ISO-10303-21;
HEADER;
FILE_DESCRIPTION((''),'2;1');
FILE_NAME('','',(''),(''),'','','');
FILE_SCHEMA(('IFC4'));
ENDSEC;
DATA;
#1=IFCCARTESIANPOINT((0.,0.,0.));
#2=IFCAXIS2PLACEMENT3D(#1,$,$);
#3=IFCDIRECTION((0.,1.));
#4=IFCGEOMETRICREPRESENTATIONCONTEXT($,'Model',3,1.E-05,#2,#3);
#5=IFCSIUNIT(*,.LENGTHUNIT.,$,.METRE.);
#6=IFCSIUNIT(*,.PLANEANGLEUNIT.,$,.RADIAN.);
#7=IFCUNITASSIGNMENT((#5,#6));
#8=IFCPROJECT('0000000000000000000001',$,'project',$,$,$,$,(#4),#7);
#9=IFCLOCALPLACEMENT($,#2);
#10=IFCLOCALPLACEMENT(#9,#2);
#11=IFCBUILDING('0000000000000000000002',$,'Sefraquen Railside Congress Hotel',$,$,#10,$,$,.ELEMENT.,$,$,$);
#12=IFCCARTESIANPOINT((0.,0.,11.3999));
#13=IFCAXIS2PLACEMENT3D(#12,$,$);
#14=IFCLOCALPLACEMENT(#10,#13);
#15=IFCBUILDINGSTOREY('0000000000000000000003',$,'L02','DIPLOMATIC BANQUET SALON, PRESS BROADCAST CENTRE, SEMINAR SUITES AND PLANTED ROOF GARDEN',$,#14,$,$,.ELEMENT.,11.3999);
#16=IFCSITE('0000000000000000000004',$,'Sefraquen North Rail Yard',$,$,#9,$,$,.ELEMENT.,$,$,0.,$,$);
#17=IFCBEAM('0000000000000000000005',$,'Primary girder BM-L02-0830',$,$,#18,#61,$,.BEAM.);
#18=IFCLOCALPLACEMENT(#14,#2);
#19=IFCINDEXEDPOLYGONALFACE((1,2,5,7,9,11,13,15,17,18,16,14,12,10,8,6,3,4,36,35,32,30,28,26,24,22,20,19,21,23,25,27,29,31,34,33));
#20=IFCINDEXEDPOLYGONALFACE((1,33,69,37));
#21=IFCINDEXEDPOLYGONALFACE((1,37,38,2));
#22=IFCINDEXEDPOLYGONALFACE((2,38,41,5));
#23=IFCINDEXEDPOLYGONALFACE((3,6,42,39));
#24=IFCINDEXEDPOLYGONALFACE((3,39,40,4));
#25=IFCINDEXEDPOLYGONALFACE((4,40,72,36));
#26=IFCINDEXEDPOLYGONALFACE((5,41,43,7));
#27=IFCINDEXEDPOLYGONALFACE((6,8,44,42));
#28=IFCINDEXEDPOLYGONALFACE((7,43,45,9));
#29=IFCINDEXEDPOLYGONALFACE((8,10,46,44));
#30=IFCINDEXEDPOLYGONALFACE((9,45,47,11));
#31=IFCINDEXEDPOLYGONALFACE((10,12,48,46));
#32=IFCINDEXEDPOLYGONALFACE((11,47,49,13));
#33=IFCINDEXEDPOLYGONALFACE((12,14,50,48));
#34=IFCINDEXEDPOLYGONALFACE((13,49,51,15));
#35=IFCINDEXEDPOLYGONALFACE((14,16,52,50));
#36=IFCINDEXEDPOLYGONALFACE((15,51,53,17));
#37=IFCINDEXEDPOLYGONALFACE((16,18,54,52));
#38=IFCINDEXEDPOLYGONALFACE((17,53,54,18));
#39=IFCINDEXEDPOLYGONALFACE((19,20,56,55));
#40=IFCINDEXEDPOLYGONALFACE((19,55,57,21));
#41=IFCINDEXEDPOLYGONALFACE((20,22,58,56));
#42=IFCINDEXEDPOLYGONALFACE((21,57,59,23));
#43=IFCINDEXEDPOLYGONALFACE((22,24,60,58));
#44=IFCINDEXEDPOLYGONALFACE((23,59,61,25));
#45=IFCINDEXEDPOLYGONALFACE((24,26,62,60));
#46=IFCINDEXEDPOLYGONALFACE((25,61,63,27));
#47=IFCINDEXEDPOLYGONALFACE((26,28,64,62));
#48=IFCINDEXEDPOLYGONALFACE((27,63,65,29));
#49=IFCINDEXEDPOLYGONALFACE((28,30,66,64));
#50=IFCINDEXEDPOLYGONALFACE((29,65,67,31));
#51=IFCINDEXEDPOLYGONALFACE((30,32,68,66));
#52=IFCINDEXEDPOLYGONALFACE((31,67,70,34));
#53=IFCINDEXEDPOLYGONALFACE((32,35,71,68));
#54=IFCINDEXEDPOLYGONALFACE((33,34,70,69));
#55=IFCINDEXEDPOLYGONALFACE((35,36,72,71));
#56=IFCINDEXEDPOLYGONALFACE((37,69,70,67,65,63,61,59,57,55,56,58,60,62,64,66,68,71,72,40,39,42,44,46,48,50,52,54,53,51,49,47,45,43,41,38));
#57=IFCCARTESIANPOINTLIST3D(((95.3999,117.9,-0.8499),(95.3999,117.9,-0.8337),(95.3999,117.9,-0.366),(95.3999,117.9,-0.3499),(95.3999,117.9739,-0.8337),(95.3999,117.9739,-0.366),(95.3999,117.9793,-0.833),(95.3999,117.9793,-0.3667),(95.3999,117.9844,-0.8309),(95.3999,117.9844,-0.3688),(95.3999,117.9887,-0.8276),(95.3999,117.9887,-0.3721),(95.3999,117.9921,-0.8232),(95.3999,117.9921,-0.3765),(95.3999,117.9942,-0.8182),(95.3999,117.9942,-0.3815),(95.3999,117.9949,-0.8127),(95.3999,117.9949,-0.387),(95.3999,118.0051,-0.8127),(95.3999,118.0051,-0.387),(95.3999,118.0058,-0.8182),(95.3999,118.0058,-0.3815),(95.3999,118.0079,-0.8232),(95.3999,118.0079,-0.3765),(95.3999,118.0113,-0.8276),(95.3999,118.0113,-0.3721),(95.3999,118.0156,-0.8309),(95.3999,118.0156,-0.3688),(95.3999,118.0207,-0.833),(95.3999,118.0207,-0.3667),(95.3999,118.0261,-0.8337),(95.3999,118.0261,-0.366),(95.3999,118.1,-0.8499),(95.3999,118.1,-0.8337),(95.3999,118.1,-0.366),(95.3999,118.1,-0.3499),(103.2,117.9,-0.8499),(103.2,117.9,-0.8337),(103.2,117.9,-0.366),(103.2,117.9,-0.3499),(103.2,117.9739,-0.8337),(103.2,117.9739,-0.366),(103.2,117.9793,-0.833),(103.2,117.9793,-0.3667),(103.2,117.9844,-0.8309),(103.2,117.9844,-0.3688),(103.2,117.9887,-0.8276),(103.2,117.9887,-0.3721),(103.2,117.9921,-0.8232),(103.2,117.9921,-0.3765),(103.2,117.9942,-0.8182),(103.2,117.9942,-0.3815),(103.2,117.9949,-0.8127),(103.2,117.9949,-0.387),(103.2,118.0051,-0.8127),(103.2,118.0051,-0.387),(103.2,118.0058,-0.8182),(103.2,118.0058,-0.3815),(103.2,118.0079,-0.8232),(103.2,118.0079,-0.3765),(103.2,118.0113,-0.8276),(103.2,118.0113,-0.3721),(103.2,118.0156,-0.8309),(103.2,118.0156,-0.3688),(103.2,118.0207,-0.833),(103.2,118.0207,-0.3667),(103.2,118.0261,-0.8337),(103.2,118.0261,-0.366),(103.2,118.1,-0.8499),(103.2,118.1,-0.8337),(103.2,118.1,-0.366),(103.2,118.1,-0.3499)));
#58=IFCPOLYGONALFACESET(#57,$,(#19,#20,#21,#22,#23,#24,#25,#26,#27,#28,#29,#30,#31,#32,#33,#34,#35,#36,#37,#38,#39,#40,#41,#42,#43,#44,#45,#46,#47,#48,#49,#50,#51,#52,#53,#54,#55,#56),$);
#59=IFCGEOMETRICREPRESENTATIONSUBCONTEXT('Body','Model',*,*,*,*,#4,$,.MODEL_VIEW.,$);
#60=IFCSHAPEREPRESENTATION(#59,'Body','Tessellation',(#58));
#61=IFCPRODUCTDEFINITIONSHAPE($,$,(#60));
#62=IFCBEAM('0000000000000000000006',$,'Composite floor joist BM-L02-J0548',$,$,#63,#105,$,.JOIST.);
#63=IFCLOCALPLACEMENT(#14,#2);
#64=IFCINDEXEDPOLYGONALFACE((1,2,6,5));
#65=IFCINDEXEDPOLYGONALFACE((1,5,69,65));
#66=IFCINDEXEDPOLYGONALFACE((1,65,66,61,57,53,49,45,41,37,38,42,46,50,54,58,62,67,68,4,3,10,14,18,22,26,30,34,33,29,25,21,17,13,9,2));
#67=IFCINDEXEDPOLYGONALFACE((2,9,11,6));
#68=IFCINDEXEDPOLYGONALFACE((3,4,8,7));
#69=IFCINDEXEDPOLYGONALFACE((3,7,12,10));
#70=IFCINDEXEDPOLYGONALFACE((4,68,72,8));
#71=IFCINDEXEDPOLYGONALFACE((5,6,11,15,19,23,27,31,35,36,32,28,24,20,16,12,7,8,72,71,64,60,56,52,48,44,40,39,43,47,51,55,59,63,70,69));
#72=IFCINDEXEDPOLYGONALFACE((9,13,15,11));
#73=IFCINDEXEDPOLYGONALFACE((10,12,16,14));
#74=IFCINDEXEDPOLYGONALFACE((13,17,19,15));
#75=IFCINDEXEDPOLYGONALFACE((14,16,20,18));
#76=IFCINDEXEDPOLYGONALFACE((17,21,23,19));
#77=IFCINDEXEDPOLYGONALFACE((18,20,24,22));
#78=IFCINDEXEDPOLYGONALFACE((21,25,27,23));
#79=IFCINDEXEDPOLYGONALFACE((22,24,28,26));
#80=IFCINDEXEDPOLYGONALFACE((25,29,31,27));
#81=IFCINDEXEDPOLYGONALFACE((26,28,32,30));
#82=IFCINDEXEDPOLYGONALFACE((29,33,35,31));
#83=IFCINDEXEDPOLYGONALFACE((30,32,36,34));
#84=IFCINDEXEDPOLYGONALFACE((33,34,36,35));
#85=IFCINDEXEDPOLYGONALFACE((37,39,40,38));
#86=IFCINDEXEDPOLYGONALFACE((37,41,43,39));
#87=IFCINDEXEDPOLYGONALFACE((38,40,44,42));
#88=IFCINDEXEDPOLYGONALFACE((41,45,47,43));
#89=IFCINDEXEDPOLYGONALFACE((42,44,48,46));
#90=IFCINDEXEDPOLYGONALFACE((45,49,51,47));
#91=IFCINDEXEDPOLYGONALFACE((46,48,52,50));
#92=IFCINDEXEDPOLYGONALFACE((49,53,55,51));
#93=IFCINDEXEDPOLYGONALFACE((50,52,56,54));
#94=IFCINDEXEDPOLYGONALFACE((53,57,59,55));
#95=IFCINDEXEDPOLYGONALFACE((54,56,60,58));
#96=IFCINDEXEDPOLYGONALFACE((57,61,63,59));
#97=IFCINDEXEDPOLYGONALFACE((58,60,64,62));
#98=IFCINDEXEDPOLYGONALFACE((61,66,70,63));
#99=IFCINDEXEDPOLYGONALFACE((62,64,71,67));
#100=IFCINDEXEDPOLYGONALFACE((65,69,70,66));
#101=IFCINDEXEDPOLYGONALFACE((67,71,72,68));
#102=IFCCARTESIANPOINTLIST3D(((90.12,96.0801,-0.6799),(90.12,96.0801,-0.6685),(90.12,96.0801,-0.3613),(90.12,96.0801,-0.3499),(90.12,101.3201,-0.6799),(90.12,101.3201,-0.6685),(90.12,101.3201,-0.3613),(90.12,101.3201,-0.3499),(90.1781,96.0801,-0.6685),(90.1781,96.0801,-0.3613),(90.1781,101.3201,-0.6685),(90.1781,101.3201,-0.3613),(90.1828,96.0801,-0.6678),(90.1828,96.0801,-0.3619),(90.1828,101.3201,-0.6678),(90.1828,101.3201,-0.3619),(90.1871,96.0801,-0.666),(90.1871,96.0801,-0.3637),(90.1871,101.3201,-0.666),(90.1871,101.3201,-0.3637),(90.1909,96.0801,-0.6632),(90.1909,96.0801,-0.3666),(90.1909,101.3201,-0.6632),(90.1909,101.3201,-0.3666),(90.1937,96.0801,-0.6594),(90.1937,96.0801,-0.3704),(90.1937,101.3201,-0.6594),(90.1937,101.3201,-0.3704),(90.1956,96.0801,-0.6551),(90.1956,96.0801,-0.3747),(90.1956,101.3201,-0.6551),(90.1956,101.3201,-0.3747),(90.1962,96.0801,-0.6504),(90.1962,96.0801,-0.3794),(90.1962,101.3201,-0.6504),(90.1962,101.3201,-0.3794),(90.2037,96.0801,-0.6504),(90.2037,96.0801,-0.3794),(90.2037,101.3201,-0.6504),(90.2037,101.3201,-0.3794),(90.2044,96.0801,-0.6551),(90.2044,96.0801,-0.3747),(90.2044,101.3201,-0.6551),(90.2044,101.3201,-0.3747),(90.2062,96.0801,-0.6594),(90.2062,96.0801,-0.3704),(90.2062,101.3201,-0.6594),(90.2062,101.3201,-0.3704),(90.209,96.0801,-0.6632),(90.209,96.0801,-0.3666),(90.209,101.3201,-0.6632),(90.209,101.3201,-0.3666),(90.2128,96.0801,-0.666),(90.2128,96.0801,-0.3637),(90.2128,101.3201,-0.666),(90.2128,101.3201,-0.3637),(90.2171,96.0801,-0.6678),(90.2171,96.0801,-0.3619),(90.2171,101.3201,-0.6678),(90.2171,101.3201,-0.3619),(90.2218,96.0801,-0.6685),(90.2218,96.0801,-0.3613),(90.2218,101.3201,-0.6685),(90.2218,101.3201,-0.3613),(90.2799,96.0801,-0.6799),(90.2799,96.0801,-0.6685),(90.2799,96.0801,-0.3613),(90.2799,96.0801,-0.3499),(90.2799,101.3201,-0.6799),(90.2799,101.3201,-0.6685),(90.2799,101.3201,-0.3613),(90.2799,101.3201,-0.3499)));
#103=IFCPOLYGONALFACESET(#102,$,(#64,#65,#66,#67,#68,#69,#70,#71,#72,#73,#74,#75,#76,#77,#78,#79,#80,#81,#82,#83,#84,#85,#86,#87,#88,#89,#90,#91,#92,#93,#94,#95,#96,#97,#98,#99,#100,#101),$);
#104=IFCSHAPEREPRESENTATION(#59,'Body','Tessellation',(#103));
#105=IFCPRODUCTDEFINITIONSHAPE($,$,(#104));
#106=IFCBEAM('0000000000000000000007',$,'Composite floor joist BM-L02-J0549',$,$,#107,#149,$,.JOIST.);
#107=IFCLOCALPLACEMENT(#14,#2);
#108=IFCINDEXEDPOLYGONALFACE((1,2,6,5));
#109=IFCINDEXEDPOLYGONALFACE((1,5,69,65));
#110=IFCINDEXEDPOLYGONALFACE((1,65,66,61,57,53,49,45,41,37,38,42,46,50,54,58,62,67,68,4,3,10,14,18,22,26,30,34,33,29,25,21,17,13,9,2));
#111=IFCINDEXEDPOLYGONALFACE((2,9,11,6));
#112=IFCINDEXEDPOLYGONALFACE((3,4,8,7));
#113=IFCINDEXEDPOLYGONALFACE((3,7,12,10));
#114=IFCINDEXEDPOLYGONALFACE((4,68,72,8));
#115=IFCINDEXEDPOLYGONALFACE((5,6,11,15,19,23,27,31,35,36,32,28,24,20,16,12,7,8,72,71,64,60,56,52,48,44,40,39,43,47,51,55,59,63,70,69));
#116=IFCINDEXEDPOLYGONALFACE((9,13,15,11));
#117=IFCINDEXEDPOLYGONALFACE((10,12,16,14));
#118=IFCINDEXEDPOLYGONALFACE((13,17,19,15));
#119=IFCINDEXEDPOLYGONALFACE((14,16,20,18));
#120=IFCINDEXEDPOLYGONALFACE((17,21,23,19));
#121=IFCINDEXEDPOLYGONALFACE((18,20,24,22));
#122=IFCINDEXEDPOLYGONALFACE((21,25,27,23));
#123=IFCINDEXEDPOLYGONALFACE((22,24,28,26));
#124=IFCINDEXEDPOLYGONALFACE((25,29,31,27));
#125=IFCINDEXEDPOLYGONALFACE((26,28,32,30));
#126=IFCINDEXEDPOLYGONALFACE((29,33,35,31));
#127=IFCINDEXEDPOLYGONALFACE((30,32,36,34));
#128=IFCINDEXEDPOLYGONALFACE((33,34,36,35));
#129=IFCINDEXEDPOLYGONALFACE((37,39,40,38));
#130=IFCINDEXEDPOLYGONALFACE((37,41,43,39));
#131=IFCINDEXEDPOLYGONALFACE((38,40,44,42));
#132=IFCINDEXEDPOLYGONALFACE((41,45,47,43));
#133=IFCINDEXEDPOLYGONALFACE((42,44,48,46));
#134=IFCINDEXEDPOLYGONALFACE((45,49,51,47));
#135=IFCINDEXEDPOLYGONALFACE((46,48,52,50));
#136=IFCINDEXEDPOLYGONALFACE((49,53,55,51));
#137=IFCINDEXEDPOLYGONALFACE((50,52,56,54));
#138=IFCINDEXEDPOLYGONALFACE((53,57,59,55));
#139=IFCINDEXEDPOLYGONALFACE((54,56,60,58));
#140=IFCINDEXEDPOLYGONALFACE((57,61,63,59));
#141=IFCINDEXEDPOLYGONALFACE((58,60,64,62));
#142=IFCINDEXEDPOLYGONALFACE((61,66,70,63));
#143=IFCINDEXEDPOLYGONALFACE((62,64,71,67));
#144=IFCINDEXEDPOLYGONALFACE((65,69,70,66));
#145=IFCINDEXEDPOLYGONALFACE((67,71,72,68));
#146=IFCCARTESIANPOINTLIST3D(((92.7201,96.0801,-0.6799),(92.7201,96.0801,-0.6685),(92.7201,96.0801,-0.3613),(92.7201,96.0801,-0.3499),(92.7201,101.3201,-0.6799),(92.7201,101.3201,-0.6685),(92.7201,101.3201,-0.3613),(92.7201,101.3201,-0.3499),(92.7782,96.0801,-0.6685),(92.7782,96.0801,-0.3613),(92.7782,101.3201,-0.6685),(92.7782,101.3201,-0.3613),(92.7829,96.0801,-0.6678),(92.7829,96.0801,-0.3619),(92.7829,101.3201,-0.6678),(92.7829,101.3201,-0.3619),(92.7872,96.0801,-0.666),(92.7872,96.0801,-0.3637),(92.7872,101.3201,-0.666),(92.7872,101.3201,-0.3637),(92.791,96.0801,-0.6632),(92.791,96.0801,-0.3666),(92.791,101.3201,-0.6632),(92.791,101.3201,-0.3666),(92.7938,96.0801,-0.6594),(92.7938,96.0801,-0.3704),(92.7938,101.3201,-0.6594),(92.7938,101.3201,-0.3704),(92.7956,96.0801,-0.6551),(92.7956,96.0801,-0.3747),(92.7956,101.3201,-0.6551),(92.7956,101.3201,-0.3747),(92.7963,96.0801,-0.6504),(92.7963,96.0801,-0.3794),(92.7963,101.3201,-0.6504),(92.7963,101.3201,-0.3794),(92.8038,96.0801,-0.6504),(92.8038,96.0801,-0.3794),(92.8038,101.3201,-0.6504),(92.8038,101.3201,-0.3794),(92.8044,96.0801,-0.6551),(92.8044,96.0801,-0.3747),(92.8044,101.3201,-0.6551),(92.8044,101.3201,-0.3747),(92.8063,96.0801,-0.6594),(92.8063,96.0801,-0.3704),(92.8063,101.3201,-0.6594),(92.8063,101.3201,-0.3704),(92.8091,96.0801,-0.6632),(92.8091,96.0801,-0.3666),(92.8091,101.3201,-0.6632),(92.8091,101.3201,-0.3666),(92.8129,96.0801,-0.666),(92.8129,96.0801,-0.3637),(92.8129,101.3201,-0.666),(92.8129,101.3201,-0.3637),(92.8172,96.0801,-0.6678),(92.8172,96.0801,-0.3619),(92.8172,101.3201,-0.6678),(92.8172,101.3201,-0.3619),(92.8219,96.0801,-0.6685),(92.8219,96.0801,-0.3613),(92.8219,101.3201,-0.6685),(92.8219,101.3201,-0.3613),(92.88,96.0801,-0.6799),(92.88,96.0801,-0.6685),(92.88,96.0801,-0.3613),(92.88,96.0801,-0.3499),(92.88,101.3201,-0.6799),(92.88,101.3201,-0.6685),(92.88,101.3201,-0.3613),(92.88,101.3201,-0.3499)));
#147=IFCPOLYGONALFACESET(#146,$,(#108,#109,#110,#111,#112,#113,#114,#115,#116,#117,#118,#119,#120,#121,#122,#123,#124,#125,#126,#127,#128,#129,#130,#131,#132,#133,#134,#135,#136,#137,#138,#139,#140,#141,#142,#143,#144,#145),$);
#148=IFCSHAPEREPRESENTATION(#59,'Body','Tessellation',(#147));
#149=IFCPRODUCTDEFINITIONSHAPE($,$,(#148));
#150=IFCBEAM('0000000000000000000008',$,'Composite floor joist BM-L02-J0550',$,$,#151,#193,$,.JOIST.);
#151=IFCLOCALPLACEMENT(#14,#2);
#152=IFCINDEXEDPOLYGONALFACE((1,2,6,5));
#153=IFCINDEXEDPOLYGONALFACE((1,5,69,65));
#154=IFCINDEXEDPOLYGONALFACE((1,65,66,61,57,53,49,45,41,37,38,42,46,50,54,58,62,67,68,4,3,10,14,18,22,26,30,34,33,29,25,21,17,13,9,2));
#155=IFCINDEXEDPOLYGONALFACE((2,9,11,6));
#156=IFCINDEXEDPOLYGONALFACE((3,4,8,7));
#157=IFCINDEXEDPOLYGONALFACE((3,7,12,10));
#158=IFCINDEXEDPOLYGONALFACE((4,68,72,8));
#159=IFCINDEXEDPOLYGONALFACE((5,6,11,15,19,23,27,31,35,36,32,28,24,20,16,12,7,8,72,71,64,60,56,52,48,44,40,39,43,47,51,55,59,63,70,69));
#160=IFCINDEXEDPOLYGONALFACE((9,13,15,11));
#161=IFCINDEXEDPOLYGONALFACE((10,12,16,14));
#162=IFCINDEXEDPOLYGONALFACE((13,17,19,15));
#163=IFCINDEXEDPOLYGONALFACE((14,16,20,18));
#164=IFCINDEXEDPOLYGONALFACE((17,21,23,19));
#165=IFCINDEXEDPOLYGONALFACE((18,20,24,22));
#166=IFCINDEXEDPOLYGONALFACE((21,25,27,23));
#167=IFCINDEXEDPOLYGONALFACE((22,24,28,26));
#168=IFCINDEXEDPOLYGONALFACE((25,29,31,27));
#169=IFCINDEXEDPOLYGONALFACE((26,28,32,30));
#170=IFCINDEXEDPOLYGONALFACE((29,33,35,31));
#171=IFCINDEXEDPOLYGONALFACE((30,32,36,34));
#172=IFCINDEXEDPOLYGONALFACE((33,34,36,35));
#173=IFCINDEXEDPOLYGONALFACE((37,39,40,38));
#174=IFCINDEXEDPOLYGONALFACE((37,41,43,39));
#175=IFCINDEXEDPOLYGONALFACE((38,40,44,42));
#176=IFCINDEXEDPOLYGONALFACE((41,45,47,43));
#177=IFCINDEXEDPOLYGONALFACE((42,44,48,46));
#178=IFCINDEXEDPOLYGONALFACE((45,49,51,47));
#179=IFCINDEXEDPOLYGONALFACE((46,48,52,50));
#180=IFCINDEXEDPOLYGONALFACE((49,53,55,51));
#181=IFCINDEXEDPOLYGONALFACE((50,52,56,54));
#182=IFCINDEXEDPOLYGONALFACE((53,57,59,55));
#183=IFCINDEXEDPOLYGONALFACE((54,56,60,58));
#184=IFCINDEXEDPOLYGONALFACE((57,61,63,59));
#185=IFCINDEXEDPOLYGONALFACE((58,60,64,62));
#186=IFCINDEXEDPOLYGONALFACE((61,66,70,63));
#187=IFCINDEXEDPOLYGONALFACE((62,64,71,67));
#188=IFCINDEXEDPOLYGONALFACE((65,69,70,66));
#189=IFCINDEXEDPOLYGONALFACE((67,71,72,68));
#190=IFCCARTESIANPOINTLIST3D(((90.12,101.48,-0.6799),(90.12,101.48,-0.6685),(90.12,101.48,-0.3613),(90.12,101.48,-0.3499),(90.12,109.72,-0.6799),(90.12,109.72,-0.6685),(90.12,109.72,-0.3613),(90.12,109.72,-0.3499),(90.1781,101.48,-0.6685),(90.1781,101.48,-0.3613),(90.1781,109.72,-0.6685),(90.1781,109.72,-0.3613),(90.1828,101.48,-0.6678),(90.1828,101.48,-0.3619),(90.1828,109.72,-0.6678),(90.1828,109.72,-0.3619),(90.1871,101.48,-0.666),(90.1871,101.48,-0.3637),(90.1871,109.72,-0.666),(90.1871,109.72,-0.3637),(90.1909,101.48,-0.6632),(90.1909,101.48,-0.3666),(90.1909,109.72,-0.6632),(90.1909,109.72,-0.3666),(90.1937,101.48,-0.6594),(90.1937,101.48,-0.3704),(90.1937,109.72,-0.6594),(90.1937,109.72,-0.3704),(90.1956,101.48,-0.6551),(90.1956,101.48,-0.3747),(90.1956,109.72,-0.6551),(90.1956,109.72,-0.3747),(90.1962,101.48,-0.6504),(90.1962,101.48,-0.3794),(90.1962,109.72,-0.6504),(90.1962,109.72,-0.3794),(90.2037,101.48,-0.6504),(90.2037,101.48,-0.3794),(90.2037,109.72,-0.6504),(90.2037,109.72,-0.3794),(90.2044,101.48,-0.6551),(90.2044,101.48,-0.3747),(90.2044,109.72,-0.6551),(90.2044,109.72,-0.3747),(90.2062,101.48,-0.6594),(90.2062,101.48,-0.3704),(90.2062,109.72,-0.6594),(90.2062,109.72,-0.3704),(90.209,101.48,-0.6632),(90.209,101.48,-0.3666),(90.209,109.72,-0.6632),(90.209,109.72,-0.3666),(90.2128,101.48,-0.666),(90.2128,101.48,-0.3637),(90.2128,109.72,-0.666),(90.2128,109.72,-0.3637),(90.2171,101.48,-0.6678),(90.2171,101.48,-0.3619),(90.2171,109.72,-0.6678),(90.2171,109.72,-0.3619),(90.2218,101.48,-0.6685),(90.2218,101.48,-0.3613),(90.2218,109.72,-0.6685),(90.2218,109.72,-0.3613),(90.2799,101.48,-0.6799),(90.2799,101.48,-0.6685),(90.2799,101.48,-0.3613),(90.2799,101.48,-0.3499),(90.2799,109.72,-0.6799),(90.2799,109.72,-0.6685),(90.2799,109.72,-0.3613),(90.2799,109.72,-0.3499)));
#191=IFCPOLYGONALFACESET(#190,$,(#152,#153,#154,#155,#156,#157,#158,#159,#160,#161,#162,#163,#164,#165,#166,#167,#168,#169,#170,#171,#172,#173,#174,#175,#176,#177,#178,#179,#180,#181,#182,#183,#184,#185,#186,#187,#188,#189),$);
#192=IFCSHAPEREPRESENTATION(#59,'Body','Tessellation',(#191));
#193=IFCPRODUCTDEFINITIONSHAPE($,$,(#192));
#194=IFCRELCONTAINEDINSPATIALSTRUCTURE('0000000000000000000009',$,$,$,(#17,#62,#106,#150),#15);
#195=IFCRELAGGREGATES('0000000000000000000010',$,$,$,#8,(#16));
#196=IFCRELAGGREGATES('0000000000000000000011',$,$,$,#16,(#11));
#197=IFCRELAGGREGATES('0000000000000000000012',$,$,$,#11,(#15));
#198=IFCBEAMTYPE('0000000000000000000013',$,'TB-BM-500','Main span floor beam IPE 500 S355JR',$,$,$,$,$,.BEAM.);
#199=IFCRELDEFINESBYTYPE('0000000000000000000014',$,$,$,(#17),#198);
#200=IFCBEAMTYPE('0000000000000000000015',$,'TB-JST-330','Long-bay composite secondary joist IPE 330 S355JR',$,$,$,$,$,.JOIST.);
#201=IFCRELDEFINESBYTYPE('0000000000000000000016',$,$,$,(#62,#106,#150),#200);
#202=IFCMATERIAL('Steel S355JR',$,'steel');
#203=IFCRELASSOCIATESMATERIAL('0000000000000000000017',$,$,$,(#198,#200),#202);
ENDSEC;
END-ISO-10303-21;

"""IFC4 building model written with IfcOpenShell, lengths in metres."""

from ifc_helpers import new_model, si_unit, direction, frame, origin, origin_2d, place, context, subcontext, project, spatial, i_section, extrude, material, material_profile, profile_set, type_object, element, save


model = new_model("IFC4")

# Units and contexts
model_context = context("Model", 3, precision=1e-05, world=origin(), true_north=direction((0.0, 1.0)))
body_context = subcontext(model_context, "Body", "Model", "MODEL_VIEW")
ifc_project = project(units=[si_unit("LENGTHUNIT", "METRE"), si_unit("PLANEANGLEUNIT", "RADIAN")], contexts=[model_context])

# Site, building, storey
site_placement = place(None, origin())
site = spatial("IfcSite", under=ifc_project, at=site_placement, Name="Sefraquen North Rail Yard", CompositionType="ELEMENT", RefElevation=0.0)
building_placement = place(site_placement, origin())
building = spatial("IfcBuilding", under=site, at=building_placement, Name="Sefraquen Railside Congress Hotel", CompositionType="ELEMENT")
storey_placement = place(building_placement, frame((0.0, 0.0, 11.3999)))
storey = spatial("IfcBuildingStorey", under=building, at=storey_placement, Name="L02", Description="DIPLOMATIC BANQUET SALON, PRESS BROADCAST CENTRE, SEMINAR SUITES AND PLANTED ROOF GARDEN", CompositionType="ELEMENT", Elevation=11.3999)

# Shared definitions
ifc_material_1 = material(Name="Steel S355JR", Category="steel")

# Beams
ifc_material_profile_1 = material_profile(ifc_material_1, i_section(OverallWidth=0.2, OverallDepth=0.5, WebThickness=0.0103, FlangeThickness=0.0161, FilletRadius=0.021, at=origin_2d()), Name="IPE 500")
ifc_profile_set_1 = profile_set([ifc_material_profile_1], Name="Steel S355JR")
beam_type_1 = type_object("IfcBeamType", Name="TB-BM-500", Description="Main span floor beam IPE 500 S355JR", PredefinedType="BEAM", material=ifc_profile_set_1)
beam_1_placement = place(storey_placement, frame((95.3999, 118.0, -0.5999), z_axis=(1.0, 0.0, 0.0), x_axis=(0.0, 1.0, 0.0)))
element("IfcBeam", 1, at=beam_1_placement, inside=storey, type_object=beam_type_1, Name="Primary girder BM-L02-0830", PredefinedType="BEAM", context=body_context, shape_type="SweptSolid", body=[
    extrude(i_section(OverallWidth=0.2, OverallDepth=0.5, WebThickness=0.0103, FlangeThickness=0.0161, FilletRadius=0.021, at=origin_2d()), origin(), (0.0, 0.0, 1.0), 7.8),
])
ifc_material_profile_2 = material_profile(ifc_material_1, i_section(OverallWidth=0.1599, OverallDepth=0.3301, WebThickness=0.0076, FlangeThickness=0.0115, FilletRadius=0.0181, at=origin_2d()), Name="IPE 330")
ifc_profile_set_2 = profile_set([ifc_material_profile_2], Name="Steel S355JR")
beam_type_2 = type_object("IfcBeamType", Name="TB-JST-330", Description="Long-bay composite secondary joist IPE 330 S355JR", PredefinedType="JOIST", material=ifc_profile_set_2)
for number, where, z_axis, x_axis, name in (
    (2, (90.2, 96.0801, -0.5149), (0.0, 1.0, 0.0), (-1.0, 0.0, 0.0), "Composite floor joist BM-L02-J0548"),
    (3, (92.8, 96.0801, -0.5149), (0.0, 1.0, 0.0), (-1.0, 0.0, 0.0), "Composite floor joist BM-L02-J0549"),
):
    element("IfcBeam", number, at=place(storey_placement, frame(where, z_axis=z_axis, x_axis=x_axis)), inside=storey, type_object=beam_type_2, Name=name, PredefinedType="JOIST", context=body_context, shape_type="SweptSolid", body=[
        extrude(i_section(OverallWidth=0.1599, OverallDepth=0.3301, WebThickness=0.0076, FlangeThickness=0.0115, FilletRadius=0.0181, at=origin_2d()), origin(), (0.0, 0.0, 1.0), 5.24),
    ])
for number, where, z_axis, x_axis, name in (
    (4, (90.2, 101.48, -0.5149), (0.0, 1.0, 0.0), (-1.0, 0.0, 0.0), "Composite floor joist BM-L02-J0550"),
):
    element("IfcBeam", number, at=place(storey_placement, frame(where, z_axis=z_axis, x_axis=x_axis)), inside=storey, type_object=beam_type_2, Name=name, PredefinedType="JOIST", context=body_context, shape_type="SweptSolid", body=[
        extrude(i_section(OverallWidth=0.1599, OverallDepth=0.3301, WebThickness=0.0076, FlangeThickness=0.0115, FilletRadius=0.0181, at=origin_2d()), origin(), (0.0, 0.0, 1.0), 8.24),
    ])

save(model, "model.ifc")
